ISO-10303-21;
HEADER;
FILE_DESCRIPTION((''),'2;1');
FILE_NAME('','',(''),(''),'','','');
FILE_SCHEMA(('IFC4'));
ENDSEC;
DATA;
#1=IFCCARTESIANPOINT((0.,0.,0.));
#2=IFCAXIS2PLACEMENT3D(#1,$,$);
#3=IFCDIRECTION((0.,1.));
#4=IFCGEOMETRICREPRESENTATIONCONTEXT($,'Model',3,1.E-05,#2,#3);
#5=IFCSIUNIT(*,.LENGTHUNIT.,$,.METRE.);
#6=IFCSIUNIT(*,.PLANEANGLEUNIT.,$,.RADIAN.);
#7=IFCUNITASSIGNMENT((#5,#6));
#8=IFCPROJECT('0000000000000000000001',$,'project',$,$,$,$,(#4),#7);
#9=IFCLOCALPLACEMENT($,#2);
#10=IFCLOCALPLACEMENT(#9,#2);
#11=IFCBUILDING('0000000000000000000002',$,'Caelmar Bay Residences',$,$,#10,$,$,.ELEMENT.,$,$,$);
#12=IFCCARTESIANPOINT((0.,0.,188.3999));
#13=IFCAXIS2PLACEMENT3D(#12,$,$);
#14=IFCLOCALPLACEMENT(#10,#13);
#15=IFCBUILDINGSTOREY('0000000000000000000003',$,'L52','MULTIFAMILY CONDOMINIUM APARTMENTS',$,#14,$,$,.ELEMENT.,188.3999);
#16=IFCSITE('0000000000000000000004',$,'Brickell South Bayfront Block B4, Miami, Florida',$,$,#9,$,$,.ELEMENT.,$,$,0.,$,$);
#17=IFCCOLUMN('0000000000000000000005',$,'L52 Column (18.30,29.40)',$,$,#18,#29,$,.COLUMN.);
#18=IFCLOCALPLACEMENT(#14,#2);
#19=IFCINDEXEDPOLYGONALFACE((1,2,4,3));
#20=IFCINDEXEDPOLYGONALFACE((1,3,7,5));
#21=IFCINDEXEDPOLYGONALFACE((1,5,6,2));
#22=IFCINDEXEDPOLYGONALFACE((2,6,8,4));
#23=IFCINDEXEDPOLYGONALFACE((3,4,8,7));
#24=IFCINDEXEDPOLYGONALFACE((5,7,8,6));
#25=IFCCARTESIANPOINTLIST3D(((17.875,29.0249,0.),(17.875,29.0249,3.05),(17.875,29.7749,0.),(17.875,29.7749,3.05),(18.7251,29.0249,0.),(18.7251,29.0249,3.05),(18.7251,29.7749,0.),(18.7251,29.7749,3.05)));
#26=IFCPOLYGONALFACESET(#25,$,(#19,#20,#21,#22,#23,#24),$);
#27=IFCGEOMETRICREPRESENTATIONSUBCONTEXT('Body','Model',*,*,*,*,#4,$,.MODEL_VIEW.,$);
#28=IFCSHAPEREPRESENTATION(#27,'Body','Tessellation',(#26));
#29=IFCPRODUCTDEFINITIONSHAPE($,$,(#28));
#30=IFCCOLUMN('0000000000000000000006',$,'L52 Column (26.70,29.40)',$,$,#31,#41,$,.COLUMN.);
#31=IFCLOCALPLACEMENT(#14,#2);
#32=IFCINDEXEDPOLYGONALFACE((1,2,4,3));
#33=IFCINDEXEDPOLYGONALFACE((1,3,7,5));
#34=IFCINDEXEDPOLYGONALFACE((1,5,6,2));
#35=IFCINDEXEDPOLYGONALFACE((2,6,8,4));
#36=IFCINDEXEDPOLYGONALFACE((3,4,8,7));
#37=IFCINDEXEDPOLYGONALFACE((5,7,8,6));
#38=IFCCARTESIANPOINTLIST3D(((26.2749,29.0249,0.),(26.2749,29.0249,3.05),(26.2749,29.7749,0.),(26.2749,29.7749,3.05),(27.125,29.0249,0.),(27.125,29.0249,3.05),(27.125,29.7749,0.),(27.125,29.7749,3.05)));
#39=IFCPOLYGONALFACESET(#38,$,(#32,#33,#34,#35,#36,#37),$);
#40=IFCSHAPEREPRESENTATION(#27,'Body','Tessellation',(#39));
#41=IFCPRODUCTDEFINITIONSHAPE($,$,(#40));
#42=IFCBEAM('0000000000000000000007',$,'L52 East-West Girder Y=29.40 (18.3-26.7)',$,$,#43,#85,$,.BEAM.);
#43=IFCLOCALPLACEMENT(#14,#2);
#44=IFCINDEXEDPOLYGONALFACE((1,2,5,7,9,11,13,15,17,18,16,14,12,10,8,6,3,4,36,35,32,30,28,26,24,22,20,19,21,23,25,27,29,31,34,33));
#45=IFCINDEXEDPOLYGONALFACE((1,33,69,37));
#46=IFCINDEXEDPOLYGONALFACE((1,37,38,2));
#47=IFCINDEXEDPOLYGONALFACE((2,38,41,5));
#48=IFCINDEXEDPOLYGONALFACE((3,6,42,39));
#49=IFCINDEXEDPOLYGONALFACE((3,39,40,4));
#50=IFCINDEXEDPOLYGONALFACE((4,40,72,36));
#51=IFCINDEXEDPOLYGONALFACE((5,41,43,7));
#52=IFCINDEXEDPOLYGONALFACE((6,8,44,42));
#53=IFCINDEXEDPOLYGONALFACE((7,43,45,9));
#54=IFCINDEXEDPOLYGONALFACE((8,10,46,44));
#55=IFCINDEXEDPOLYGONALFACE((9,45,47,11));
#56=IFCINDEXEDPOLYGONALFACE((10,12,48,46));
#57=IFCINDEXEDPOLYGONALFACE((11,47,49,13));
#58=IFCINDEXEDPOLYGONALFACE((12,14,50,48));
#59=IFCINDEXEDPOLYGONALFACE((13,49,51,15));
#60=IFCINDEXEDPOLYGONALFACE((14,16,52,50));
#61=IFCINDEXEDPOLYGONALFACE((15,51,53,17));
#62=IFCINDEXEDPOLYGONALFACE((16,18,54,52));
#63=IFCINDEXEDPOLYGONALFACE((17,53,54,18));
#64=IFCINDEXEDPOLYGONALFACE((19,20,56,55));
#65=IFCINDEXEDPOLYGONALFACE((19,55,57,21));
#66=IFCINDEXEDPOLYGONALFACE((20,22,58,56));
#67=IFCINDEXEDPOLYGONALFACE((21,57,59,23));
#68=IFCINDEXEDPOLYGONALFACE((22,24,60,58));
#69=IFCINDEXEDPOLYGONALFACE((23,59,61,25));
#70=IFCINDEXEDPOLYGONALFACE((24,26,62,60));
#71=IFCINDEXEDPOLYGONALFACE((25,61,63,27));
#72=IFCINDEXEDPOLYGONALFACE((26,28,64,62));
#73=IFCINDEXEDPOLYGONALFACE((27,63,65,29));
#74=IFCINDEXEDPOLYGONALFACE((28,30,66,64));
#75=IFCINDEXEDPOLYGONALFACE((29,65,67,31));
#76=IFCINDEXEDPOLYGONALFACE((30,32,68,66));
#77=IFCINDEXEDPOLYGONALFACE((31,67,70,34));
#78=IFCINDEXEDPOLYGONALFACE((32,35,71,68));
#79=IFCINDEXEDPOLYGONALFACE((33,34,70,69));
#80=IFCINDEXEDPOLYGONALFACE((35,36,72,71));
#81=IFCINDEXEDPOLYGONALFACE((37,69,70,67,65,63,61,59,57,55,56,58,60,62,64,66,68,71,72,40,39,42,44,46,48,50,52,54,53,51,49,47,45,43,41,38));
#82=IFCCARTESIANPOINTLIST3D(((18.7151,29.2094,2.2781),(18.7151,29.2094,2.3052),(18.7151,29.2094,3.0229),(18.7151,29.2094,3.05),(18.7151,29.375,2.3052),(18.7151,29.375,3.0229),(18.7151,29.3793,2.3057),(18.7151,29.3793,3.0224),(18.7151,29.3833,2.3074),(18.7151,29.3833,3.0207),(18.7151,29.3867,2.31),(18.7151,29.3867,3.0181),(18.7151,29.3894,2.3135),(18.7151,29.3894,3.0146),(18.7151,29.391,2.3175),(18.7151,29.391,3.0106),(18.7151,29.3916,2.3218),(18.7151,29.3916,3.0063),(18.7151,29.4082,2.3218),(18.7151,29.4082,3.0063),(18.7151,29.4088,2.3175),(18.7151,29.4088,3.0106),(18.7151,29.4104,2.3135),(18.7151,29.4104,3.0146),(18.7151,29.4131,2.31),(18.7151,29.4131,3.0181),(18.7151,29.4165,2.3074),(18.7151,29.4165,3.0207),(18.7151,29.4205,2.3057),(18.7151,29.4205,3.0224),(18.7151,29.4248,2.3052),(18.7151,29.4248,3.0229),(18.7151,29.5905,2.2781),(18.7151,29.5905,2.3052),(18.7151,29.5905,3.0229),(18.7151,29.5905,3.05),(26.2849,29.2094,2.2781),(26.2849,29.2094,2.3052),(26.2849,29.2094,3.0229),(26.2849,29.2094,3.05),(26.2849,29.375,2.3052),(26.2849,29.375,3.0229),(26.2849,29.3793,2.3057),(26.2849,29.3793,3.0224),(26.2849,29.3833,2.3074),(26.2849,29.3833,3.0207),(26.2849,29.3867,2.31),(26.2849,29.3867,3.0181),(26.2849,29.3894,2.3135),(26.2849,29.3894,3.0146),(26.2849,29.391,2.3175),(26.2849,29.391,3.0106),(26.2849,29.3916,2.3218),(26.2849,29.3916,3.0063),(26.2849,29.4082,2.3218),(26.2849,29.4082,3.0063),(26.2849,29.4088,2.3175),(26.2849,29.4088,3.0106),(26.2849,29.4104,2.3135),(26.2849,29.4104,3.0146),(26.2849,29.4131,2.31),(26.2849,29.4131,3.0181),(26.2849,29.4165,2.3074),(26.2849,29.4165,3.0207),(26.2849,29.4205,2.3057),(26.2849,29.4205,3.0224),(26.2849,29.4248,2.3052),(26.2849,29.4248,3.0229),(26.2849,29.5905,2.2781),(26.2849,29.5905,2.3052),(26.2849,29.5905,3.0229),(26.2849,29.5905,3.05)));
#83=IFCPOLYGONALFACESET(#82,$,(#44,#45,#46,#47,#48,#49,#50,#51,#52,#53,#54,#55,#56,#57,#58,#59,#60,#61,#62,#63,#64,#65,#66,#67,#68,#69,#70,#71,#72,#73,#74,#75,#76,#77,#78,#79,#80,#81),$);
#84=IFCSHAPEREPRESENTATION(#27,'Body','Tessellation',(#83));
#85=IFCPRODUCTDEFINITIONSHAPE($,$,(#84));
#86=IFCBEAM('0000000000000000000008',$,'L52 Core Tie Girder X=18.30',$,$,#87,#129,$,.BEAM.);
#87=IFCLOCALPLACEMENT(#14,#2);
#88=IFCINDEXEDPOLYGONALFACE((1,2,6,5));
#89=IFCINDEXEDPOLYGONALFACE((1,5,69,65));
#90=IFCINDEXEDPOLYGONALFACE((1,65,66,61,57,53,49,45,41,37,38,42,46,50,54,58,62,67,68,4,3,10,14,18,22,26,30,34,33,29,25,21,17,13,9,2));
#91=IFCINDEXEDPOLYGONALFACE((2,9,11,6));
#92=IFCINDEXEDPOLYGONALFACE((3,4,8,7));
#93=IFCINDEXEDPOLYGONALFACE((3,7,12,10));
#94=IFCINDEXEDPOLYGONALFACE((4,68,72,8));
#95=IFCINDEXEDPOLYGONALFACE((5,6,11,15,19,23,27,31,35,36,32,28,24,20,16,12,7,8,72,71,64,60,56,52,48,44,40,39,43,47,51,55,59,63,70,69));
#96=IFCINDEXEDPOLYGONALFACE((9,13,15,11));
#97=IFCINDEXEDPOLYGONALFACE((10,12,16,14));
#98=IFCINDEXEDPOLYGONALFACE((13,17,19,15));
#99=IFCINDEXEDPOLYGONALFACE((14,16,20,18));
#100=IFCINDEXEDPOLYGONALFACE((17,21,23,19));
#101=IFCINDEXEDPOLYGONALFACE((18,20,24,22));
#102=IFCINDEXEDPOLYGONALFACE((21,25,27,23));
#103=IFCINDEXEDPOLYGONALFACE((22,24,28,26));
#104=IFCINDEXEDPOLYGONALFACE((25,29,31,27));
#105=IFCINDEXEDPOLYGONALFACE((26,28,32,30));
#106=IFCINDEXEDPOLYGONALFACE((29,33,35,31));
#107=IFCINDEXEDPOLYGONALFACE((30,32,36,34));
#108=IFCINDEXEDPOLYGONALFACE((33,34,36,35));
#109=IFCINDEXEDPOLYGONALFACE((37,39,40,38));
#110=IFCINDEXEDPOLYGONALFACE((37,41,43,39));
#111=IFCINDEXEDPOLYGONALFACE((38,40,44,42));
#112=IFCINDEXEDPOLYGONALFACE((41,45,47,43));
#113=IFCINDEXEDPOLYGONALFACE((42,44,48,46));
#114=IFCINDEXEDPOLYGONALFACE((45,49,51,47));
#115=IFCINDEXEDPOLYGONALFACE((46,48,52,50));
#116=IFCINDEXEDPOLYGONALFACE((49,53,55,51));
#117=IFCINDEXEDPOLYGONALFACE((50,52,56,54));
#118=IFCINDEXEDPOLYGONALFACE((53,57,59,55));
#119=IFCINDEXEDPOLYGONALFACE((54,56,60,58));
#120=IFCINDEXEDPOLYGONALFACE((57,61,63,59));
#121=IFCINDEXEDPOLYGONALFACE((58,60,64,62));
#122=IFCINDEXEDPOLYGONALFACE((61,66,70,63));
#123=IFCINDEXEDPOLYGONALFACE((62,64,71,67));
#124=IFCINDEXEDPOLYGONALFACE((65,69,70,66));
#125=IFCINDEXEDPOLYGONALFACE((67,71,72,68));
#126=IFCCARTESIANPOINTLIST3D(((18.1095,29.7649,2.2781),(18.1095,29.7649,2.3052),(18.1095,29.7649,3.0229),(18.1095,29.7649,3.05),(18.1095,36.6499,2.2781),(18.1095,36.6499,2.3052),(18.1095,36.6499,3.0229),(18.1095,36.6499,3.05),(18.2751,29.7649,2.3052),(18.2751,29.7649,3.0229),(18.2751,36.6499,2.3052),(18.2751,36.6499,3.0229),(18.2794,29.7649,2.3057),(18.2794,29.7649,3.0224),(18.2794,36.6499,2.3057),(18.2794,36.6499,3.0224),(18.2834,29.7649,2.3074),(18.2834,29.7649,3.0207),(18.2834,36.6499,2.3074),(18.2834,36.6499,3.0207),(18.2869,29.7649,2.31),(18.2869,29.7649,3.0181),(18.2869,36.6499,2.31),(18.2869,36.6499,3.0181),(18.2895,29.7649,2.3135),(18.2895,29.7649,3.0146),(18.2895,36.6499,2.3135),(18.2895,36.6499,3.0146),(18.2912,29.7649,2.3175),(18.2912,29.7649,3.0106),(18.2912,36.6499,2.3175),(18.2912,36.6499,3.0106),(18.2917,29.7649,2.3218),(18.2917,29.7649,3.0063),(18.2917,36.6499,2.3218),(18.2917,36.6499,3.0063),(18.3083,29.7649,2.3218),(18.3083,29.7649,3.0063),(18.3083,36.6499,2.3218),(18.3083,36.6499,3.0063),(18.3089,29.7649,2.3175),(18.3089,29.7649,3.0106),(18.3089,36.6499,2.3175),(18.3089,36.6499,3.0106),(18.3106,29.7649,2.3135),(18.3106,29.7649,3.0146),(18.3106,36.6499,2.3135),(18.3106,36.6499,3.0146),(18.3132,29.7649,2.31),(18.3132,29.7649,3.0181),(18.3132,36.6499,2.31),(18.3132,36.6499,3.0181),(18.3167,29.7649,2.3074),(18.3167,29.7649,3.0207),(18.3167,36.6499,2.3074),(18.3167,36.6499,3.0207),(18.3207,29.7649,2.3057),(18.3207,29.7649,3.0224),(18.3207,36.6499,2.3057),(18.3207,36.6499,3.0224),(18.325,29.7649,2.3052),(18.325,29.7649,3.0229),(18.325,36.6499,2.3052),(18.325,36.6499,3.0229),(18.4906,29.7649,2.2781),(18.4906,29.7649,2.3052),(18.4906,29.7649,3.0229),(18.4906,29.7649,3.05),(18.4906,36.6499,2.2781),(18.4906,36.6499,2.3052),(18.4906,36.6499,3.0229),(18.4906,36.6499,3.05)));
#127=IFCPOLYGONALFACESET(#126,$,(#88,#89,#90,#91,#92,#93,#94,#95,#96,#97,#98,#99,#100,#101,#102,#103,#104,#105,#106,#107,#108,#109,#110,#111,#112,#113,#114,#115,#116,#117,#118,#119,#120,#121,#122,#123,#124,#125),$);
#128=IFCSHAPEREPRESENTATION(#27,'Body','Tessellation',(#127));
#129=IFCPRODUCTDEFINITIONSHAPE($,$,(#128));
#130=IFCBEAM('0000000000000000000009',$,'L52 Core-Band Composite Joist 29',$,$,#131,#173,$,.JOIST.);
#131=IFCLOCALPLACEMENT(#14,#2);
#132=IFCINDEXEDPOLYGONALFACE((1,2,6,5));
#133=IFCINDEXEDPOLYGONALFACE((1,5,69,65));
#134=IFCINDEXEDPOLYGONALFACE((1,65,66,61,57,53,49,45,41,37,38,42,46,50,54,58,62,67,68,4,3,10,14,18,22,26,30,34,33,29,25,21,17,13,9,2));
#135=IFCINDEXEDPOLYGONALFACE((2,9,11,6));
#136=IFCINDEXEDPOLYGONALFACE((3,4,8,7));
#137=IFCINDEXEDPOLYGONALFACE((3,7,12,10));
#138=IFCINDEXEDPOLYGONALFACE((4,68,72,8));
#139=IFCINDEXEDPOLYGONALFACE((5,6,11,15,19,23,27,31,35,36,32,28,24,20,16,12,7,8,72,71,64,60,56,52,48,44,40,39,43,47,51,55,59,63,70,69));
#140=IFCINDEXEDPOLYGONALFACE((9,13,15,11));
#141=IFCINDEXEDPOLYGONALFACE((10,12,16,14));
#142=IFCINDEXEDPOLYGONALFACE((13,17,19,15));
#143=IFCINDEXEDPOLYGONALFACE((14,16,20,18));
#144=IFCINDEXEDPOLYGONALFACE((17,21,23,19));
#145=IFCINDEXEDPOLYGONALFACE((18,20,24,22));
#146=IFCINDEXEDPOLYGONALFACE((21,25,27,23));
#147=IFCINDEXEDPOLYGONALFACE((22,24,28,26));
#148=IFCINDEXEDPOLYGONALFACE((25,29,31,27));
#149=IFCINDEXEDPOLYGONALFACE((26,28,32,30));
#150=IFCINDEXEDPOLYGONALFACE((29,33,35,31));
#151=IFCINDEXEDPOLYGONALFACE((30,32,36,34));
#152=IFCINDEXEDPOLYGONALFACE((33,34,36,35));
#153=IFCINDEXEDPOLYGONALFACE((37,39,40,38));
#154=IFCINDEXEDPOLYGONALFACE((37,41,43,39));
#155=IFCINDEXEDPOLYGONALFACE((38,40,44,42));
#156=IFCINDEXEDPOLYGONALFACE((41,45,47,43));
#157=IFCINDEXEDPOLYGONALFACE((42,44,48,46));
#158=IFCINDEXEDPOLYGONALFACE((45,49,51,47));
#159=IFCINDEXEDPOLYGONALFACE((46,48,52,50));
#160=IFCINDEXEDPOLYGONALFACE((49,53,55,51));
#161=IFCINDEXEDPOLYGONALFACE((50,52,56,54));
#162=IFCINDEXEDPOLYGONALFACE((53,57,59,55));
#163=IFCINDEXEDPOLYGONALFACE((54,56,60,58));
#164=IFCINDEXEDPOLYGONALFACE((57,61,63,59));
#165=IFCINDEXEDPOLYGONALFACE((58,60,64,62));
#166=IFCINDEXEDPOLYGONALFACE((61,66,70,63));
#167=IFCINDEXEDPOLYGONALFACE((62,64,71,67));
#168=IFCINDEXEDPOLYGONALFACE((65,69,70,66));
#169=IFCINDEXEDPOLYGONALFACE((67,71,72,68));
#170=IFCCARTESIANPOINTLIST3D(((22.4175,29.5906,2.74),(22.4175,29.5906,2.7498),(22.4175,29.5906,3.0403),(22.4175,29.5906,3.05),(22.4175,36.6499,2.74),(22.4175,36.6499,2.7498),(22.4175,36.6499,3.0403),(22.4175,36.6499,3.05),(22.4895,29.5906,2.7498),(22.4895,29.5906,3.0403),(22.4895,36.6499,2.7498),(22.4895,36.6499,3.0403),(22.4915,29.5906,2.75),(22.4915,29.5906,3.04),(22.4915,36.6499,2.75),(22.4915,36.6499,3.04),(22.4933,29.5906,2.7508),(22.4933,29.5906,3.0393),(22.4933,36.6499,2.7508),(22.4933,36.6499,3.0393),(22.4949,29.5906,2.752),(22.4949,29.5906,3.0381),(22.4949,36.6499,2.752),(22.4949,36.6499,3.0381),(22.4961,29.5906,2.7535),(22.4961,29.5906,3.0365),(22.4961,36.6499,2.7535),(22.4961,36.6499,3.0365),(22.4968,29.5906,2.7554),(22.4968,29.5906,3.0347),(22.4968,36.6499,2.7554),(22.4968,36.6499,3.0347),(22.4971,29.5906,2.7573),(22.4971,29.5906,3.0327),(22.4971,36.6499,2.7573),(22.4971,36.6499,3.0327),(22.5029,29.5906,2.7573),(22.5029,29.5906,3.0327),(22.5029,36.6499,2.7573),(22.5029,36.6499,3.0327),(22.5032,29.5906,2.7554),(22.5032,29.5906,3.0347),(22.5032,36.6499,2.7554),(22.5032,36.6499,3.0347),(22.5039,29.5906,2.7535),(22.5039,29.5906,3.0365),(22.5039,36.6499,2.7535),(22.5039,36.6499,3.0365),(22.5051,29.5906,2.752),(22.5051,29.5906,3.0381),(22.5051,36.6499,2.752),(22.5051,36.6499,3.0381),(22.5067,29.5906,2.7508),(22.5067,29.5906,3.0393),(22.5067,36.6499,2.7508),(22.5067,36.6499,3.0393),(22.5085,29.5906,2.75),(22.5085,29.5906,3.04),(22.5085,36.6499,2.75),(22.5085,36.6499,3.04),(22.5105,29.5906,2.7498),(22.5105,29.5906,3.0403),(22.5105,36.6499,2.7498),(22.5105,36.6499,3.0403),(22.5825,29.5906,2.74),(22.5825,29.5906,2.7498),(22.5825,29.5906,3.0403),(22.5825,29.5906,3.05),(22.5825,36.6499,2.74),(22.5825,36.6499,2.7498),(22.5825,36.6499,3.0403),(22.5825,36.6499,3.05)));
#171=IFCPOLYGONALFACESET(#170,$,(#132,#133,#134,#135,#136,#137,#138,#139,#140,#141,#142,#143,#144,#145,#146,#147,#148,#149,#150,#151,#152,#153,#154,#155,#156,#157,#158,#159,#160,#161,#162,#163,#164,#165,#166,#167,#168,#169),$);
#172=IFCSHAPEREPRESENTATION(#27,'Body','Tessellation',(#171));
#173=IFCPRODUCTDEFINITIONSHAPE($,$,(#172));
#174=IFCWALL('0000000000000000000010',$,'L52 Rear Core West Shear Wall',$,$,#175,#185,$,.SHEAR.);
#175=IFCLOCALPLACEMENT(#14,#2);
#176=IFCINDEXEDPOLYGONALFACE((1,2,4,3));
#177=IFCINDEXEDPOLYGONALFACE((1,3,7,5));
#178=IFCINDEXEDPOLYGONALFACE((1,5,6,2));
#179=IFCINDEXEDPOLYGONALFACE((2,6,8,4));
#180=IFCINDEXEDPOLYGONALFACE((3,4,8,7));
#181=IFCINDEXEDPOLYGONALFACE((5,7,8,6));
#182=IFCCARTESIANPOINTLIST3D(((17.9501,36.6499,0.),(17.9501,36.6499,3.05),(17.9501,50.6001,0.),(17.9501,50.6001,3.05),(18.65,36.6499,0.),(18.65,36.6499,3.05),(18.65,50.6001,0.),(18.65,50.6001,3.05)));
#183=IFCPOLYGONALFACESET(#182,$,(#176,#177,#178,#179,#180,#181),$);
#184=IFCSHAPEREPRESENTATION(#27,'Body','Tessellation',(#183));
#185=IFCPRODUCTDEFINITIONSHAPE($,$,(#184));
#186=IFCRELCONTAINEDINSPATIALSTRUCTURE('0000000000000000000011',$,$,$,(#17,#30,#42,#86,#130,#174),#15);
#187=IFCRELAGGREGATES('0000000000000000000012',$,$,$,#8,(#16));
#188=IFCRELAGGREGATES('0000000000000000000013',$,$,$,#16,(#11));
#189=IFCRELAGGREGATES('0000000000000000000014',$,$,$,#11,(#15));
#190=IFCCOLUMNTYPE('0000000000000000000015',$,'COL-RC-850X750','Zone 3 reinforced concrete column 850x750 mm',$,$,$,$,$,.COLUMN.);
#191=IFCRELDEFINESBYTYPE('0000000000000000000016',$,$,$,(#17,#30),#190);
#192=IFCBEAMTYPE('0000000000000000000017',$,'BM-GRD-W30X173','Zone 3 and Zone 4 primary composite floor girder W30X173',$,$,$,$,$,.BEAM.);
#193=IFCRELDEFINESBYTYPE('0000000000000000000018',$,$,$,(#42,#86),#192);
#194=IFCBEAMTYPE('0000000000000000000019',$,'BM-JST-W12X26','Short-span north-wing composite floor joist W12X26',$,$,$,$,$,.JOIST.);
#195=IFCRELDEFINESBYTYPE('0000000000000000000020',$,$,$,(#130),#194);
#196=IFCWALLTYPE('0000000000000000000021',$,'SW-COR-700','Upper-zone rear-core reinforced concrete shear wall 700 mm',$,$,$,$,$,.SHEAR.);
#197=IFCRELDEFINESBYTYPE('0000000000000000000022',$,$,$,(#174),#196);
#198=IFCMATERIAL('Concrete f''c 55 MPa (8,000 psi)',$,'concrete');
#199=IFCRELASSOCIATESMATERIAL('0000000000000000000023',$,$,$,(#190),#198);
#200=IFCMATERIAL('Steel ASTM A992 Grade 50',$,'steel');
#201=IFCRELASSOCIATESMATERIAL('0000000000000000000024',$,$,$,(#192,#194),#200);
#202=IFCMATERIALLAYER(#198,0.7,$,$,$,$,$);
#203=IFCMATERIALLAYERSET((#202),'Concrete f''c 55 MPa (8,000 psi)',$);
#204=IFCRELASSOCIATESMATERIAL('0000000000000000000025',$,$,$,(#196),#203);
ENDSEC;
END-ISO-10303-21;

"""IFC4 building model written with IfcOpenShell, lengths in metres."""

from ifc_helpers import new_model, si_unit, direction, frame, frame_2d, origin, origin_2d, place, context, subcontext, project, spatial, rectangle, i_section, extrude, material, layer, layer_set, material_profile, profile_set, type_object, element, save


model = new_model("IFC4")

# Units and contexts
model_context = context("Model", 3, precision=1e-05, world=origin(), true_north=direction((0.0, 1.0)))
body_context = subcontext(model_context, "Body", "Model", "MODEL_VIEW")
ifc_project = project(units=[si_unit("LENGTHUNIT", "METRE"), si_unit("PLANEANGLEUNIT", "RADIAN")], contexts=[model_context])

# Site, building, storey
site_placement = place(None, origin())
site = spatial("IfcSite", under=ifc_project, at=site_placement, Name="Brickell South Bayfront Block B4, Miami, Florida", CompositionType="ELEMENT", RefElevation=0.0)
building_placement = place(site_placement, origin())
building = spatial("IfcBuilding", under=site, at=building_placement, Name="Caelmar Bay Residences", CompositionType="ELEMENT")
storey_placement = place(building_placement, frame((0.0, 0.0, 188.3999)))
storey = spatial("IfcBuildingStorey", under=building, at=storey_placement, Name="L52", Description="MULTIFAMILY CONDOMINIUM APARTMENTS", CompositionType="ELEMENT", Elevation=188.3999)

# Columns
ifc_material_1 = material(Name="Concrete f'c 55 MPa (8,000 psi)", Category="concrete")
ifc_material_profile_1 = material_profile(ifc_material_1, rectangle(XDim=0.8501, YDim=0.75, at=origin_2d()), Name="RC-COL-850X750")
ifc_profile_set_1 = profile_set([ifc_material_profile_1], Name="Concrete f'c 55 MPa (8,000 psi)")
column_type = type_object("IfcColumnType", Name="COL-RC-850X750", Description="Zone 3 reinforced concrete column 850x750 mm", PredefinedType="COLUMN", material=ifc_profile_set_1)
for number, where, z_axis, x_axis, name in (
    (1, (18.3, 29.3999, 0.0), (0.0, 0.0, 1.0), (1.0, 0.0, 0.0), "L52 Column (18.30,29.40)"),
    (2, (26.7, 29.3999, 0.0), (0.0, 0.0, 1.0), (1.0, 0.0, 0.0), "L52 Column (26.70,29.40)"),
):
    element("IfcColumn", number, at=place(storey_placement, frame(where, z_axis=z_axis, x_axis=x_axis)), inside=storey, type_object=column_type, Name=name, PredefinedType="COLUMN", context=body_context, shape_type="SweptSolid", body=[
        extrude(rectangle(XDim=0.8501, YDim=0.75, at=origin_2d()), origin(), (0.0, 0.0, 1.0), 3.05),
    ])

# Beams
ifc_material_2 = material(Name="Steel ASTM A992 Grade 50", Category="steel")
ifc_material_profile_2 = material_profile(ifc_material_2, i_section(OverallWidth=0.3811, OverallDepth=0.772, WebThickness=0.0166, FlangeThickness=0.0271, FilletRadius=0.0166, at=origin_2d()), Name="W30X173")
ifc_profile_set_2 = profile_set([ifc_material_profile_2], Name="Steel ASTM A992 Grade 50")
beam_type_1 = type_object("IfcBeamType", Name="BM-GRD-W30X173", Description="Zone 3 and Zone 4 primary composite floor girder W30X173", PredefinedType="BEAM", material=ifc_profile_set_2)
beam_1_placement = place(storey_placement, frame((18.7151, 29.3999, 2.6641), z_axis=(1.0, 0.0, 0.0), x_axis=(0.0, 1.0, 0.0)))
element("IfcBeam", 3, at=beam_1_placement, inside=storey, type_object=beam_type_1, Name="L52 East-West Girder Y=29.40 (18.3-26.7)", PredefinedType="BEAM", context=body_context, shape_type="SweptSolid", body=[
    extrude(i_section(OverallWidth=0.3811, OverallDepth=0.772, WebThickness=0.0166, FlangeThickness=0.0271, FilletRadius=0.0166, at=origin_2d()), origin(), (0.0, 0.0, 1.0), 7.5698),
])
beam_2_placement = place(storey_placement, frame((18.3, 29.7649, 2.6641), z_axis=(0.0, 1.0, 0.0), x_axis=(-1.0, 0.0, 0.0)))
element("IfcBeam", 4, at=beam_2_placement, inside=storey, type_object=beam_type_1, Name="L52 Core Tie Girder X=18.30", PredefinedType="BEAM", context=body_context, shape_type="SweptSolid", body=[
    extrude(i_section(OverallWidth=0.3811, OverallDepth=0.772, WebThickness=0.0166, FlangeThickness=0.0271, FilletRadius=0.0166, at=origin_2d()), origin(), (0.0, 0.0, 1.0), 6.885),
])
ifc_material_profile_3 = material_profile(ifc_material_2, i_section(OverallWidth=0.165, OverallDepth=0.3101, WebThickness=0.0059, FlangeThickness=0.0098, FilletRadius=0.0076, at=origin_2d()), Name="W12X26")
ifc_profile_set_3 = profile_set([ifc_material_profile_3], Name="Steel ASTM A992 Grade 50")
beam_type_2 = type_object("IfcBeamType", Name="BM-JST-W12X26", Description="Short-span north-wing composite floor joist W12X26", PredefinedType="JOIST", material=ifc_profile_set_3)
beam_3_placement = place(storey_placement, frame((22.5, 29.5906, 2.895), z_axis=(0.0, 1.0, 0.0), x_axis=(-1.0, 0.0, 0.0)))
element("IfcBeam", 5, at=beam_3_placement, inside=storey, type_object=beam_type_2, Name="L52 Core-Band Composite Joist 29", PredefinedType="JOIST", context=body_context, shape_type="SweptSolid", body=[
    extrude(i_section(OverallWidth=0.165, OverallDepth=0.3101, WebThickness=0.0059, FlangeThickness=0.0098, FilletRadius=0.0076, at=origin_2d()), origin(), (0.0, 0.0, 1.0), 7.0593),
])

# Wall
ifc_layer_1 = layer(ifc_material_1, 0.7)
ifc_layer_set_1 = layer_set([ifc_layer_1], Name="Concrete f'c 55 MPa (8,000 psi)")
wall_type_1 = type_object("IfcWallType", Name="SW-COR-700", Description="Upper-zone rear-core reinforced concrete shear wall 700 mm", PredefinedType="SHEAR", material=ifc_layer_set_1)
wall_1_placement = place(storey_placement, frame((18.3, 36.6499, 0.0), z_axis=(0.0, 0.0, 1.0), x_axis=(0.0, 1.0, 0.0)))
element("IfcWall", 6, at=wall_1_placement, inside=storey, type_object=wall_type_1, Name="L52 Rear Core West Shear Wall", PredefinedType="SHEAR", context=body_context, shape_type="SweptSolid", body=[
    extrude(rectangle(XDim=13.9502, YDim=0.7, at=frame_2d((6.9751, 0.0))), origin(), (0.0, 0.0, 1.0), 3.05),
])

save(model, "model.ifc")
